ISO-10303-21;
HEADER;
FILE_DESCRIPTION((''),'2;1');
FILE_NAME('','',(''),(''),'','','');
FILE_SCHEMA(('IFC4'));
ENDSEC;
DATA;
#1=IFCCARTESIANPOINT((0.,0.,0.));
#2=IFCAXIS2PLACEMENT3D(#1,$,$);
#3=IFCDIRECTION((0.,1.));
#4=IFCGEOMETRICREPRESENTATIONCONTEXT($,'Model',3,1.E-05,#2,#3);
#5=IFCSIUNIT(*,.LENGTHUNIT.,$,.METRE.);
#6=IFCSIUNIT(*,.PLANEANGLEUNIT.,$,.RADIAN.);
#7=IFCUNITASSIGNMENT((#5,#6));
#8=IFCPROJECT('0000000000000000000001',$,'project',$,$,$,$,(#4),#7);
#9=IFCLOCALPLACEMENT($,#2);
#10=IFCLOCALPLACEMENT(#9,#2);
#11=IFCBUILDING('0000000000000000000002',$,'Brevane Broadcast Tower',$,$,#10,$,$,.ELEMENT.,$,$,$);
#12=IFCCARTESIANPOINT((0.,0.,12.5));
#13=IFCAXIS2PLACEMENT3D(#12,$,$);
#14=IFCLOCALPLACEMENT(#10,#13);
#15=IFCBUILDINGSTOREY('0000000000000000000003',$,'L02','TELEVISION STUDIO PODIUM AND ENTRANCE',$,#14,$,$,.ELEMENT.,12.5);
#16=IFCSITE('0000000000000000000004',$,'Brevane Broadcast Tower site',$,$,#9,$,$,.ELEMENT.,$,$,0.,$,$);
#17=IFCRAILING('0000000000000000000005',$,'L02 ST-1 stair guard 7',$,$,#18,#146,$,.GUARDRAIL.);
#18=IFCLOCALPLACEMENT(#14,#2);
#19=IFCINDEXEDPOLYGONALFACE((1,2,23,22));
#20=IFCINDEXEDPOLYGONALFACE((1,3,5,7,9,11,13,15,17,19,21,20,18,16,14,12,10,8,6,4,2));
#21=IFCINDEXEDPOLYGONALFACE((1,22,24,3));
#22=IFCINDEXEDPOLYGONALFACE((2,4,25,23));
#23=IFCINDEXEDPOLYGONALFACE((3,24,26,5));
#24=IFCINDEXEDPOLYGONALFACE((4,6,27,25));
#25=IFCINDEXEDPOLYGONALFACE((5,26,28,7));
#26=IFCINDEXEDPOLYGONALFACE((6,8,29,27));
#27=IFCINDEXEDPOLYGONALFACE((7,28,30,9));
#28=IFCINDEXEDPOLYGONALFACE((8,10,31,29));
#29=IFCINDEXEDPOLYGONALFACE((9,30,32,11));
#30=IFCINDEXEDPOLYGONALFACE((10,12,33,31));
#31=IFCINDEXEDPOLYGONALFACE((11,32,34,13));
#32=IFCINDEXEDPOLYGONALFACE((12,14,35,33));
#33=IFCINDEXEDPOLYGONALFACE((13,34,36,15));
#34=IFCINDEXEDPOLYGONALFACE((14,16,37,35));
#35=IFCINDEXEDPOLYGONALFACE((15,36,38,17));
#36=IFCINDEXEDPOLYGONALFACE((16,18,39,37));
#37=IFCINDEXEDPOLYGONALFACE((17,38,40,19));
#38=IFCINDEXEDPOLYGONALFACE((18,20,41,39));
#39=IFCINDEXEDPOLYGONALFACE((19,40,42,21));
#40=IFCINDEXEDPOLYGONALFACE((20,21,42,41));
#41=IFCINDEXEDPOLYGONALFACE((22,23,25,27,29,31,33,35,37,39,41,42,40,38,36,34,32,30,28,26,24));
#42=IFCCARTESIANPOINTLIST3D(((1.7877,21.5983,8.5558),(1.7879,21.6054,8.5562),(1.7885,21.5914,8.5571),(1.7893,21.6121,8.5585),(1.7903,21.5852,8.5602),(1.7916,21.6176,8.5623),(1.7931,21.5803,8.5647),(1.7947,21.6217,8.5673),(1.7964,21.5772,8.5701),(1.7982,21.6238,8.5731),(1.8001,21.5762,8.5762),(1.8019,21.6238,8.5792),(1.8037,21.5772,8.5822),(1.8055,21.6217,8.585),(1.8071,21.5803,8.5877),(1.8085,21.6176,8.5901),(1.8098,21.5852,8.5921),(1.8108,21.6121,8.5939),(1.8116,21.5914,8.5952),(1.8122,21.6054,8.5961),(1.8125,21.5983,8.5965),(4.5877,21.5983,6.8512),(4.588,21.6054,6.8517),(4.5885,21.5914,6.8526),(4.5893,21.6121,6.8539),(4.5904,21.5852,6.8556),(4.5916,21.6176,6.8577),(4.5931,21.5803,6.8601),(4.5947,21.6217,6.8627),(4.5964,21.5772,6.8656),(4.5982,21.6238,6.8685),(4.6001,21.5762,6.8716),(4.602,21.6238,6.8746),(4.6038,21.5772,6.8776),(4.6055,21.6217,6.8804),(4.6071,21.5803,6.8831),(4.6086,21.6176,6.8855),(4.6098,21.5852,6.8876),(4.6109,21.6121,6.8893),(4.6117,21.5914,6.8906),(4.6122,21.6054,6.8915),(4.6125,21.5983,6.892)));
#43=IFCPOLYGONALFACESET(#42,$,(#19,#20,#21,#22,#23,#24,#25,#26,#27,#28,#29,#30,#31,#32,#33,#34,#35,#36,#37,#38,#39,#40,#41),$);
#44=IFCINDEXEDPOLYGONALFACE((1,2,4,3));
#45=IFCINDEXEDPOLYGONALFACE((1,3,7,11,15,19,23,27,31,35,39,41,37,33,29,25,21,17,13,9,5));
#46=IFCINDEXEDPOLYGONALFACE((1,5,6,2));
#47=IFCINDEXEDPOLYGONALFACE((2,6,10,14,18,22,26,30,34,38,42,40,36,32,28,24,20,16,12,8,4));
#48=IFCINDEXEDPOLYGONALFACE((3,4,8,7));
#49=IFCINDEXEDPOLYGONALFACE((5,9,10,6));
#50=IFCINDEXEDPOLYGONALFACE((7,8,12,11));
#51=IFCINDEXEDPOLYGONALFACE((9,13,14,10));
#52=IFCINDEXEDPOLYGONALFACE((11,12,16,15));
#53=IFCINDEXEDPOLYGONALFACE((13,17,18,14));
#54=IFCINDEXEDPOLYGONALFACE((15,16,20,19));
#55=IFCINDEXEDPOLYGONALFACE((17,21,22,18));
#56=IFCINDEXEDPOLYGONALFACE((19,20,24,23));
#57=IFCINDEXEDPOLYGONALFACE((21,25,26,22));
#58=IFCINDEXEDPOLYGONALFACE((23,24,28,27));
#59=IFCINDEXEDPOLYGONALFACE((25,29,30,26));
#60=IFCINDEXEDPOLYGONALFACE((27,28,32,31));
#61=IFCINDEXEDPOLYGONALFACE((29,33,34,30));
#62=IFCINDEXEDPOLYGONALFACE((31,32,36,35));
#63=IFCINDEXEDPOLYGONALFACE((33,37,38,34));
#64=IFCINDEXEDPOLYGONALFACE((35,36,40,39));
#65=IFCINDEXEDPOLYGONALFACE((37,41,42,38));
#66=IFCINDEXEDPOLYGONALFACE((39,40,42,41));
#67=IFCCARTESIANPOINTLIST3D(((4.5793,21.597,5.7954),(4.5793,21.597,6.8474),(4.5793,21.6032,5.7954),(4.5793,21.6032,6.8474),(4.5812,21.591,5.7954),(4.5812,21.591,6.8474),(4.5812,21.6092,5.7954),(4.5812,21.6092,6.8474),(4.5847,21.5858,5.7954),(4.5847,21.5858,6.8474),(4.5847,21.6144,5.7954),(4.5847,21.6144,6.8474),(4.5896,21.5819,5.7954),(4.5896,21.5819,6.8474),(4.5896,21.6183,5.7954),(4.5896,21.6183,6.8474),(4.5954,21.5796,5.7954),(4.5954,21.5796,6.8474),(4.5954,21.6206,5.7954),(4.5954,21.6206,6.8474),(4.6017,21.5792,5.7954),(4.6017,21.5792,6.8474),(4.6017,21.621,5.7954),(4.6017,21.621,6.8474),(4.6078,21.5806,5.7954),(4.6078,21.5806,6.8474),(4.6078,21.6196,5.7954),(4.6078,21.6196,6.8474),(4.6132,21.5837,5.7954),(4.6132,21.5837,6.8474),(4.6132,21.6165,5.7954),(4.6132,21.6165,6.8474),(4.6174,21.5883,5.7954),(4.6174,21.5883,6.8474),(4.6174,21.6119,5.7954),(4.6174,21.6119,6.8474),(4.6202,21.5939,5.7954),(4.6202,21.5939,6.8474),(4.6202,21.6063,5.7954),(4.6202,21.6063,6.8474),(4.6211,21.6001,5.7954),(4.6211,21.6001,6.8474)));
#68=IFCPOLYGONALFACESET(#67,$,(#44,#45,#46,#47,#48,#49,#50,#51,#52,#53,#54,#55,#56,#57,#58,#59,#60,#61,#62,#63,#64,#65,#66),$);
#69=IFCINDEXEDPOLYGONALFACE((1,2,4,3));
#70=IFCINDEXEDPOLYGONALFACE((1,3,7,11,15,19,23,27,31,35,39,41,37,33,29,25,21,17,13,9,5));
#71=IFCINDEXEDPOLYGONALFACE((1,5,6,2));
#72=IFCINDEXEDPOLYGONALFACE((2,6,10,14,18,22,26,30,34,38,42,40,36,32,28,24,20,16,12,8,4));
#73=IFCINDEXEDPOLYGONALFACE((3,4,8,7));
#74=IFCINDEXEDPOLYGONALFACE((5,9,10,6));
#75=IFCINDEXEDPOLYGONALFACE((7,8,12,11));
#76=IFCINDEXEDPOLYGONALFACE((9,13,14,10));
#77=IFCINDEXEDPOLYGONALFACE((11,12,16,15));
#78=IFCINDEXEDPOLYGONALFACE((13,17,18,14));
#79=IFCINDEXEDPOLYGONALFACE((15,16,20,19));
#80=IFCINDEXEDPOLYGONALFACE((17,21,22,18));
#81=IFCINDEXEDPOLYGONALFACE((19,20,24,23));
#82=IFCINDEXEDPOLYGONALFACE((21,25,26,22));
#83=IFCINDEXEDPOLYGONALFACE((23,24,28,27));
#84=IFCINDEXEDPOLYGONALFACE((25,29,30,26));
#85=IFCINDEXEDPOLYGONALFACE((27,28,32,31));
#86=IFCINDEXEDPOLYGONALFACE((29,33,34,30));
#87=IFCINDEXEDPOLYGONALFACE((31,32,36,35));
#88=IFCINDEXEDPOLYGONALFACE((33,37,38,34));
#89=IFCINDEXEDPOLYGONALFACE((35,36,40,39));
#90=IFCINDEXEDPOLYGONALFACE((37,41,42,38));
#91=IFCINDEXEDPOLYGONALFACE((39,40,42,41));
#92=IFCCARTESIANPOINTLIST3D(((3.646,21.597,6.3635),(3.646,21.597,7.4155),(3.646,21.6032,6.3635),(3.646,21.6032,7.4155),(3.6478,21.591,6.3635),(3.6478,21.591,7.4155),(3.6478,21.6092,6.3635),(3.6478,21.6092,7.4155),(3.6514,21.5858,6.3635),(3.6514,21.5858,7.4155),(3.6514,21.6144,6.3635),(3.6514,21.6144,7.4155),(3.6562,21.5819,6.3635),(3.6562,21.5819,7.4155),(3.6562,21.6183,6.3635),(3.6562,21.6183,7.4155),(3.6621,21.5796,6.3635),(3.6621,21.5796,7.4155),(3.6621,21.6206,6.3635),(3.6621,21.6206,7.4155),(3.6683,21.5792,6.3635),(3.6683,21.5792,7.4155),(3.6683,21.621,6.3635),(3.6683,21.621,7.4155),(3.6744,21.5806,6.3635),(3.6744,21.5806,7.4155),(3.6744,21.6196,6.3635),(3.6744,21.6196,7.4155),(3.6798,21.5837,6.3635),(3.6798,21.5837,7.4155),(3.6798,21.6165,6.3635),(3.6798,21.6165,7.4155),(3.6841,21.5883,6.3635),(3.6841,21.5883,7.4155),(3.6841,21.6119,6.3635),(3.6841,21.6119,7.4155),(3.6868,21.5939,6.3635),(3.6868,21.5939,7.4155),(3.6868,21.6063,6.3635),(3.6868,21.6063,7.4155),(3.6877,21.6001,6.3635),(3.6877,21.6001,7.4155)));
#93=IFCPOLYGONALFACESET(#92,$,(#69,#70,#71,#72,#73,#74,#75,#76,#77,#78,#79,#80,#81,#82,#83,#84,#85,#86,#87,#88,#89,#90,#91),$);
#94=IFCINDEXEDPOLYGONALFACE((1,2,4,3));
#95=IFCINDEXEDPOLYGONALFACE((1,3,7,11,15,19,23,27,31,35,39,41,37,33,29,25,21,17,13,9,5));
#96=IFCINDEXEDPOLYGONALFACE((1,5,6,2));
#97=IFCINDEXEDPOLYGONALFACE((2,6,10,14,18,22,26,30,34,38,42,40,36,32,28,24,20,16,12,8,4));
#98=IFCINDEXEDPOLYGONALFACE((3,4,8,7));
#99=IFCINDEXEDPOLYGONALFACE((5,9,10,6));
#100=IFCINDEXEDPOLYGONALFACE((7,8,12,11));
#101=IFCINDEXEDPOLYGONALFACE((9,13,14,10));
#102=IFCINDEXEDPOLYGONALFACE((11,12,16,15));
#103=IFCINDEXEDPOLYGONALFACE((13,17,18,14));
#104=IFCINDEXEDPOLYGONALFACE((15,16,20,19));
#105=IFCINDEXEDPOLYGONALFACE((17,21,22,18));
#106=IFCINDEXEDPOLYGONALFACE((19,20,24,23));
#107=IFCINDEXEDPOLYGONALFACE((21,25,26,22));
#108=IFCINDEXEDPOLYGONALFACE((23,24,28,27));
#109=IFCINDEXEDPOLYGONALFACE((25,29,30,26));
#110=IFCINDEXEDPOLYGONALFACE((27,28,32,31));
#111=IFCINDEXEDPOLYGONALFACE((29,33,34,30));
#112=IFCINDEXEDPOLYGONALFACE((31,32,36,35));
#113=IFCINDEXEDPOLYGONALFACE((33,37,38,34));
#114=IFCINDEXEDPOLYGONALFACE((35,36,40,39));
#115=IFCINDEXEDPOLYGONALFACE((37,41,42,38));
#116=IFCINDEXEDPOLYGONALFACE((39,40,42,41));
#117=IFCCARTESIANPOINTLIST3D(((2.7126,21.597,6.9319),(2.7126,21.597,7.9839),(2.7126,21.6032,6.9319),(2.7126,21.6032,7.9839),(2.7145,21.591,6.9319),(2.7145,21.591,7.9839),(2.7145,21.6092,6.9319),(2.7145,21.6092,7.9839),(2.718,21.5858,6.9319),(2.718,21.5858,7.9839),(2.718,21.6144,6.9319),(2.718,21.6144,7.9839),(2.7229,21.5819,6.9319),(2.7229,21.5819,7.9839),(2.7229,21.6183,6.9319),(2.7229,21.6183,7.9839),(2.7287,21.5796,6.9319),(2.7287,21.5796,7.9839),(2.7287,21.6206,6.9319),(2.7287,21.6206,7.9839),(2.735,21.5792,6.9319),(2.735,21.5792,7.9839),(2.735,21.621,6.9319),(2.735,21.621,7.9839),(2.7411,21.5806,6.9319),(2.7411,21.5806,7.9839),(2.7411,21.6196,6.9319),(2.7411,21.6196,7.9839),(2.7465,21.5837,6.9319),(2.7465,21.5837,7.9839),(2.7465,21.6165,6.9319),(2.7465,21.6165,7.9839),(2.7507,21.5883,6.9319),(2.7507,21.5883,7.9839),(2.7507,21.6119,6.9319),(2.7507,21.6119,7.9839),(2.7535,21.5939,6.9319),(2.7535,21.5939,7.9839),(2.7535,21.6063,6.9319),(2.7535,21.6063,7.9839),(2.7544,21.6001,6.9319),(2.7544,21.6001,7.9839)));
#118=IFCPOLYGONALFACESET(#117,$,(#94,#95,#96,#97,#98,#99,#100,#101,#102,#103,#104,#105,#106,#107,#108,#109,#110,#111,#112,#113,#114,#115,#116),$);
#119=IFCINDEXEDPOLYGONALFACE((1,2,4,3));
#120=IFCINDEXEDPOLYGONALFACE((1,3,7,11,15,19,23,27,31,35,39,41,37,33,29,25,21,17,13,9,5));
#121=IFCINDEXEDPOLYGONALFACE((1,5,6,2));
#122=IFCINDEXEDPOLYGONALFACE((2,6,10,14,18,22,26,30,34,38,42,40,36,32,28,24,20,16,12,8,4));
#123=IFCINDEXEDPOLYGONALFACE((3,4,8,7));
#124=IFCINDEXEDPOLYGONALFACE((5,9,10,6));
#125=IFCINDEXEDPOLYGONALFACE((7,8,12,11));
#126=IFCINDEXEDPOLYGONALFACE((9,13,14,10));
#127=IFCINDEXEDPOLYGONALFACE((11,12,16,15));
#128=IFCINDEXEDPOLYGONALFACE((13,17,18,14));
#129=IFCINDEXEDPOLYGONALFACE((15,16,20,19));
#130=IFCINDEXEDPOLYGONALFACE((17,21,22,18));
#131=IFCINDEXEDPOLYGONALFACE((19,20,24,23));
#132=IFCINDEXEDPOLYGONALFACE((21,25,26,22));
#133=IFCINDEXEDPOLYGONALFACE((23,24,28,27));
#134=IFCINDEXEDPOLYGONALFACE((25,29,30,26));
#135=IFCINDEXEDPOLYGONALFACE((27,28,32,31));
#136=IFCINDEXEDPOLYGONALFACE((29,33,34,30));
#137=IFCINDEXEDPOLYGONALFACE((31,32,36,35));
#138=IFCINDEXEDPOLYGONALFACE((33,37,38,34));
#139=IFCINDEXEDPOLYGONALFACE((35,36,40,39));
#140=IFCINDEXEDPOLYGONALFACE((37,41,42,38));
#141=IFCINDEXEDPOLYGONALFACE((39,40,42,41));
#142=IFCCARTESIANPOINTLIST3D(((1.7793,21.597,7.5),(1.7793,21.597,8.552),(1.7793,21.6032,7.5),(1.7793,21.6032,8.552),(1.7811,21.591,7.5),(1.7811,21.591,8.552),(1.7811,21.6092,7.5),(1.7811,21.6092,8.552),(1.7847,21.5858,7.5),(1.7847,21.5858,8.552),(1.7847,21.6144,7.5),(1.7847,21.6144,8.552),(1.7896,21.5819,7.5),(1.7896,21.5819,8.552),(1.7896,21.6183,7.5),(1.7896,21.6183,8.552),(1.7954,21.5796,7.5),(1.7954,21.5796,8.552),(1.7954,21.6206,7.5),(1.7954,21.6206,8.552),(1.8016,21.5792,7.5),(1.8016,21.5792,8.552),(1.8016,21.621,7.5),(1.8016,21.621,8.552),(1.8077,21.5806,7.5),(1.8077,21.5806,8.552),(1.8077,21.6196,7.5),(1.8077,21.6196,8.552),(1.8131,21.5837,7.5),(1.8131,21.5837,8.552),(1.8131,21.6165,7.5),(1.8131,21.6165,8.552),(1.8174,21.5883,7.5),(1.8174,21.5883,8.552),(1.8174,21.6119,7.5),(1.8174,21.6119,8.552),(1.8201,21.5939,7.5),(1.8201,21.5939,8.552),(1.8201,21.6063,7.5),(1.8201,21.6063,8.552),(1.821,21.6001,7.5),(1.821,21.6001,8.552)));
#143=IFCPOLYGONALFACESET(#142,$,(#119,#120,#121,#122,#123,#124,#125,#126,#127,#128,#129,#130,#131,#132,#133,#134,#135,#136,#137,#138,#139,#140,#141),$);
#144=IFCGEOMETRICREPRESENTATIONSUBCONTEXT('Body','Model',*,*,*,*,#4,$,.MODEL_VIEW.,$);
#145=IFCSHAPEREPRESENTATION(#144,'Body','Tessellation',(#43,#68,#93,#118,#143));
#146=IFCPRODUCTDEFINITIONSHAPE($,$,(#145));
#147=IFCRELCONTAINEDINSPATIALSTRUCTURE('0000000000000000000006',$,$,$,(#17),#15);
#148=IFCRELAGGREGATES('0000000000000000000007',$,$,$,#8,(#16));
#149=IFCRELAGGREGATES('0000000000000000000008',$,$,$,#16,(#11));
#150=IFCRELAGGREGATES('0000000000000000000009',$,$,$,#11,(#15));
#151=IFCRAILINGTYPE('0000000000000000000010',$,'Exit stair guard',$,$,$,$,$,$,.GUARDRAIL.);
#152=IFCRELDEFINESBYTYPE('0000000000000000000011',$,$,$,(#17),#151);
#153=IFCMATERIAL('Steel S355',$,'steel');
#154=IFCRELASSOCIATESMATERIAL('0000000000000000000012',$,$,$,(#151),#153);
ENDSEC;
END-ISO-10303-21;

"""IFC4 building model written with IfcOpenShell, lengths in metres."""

from ifc_helpers import new_model, si_unit, direction, frame, origin, origin_2d, place, context, subcontext, project, spatial, circle, extrude, material, type_object, element, save


model = new_model("IFC4")

# Units and contexts
model_context = context("Model", 3, precision=1e-05, world=origin(), true_north=direction((0.0, 1.0)))
body_context = subcontext(model_context, "Body", "Model", "MODEL_VIEW")
ifc_project = project(units=[si_unit("LENGTHUNIT", "METRE"), si_unit("PLANEANGLEUNIT", "RADIAN")], contexts=[model_context])

# Site, building, storey
site_placement = place(None, origin())
site = spatial("IfcSite", under=ifc_project, at=site_placement, Name="Brevane Broadcast Tower site", CompositionType="ELEMENT", RefElevation=0.0)
building_placement = place(site_placement, origin())
building = spatial("IfcBuilding", under=site, at=building_placement, Name="Brevane Broadcast Tower", CompositionType="ELEMENT")
storey_placement = place(building_placement, frame((0.0, 0.0, 12.5)))
storey = spatial("IfcBuildingStorey", under=building, at=storey_placement, Name="L02", Description="TELEVISION STUDIO PODIUM AND ENTRANCE", CompositionType="ELEMENT", Elevation=12.5)

# Railing
ifc_material_1 = material(Name="Steel S355", Category="steel")
railing_type_1 = type_object("IfcRailingType", Name="Exit stair guard", PredefinedType="GUARDRAIL", material=ifc_material_1)
railing_1_placement = place(storey_placement, frame((4.6001, 21.6001, 5.7954)))
element("IfcRailing", 1, at=railing_1_placement, inside=storey, type_object=railing_type_1, Name="L02 ST-1 stair guard 7", PredefinedType="GUARDRAIL", context=body_context, shape_type="SweptSolid", body=[
    extrude(circle(Radius=0.0239, at=origin_2d()), frame((0.0, 0.0, 1.0762), z_axis=(-0.85417, 0.0, 0.519994), x_axis=(0.0, -1.0, 0.0)), (0.0, 0.0, 1.0), 3.2781),
    extrude(circle(Radius=0.021, at=origin_2d()), origin(), (0.0, 0.0, 1.0), 1.052),
    extrude(circle(Radius=0.021, at=origin_2d()), frame((-0.9333, 0.0, 0.5681)), (0.0, 0.0, 1.0), 1.052),
    extrude(circle(Radius=0.021, at=origin_2d()), frame((-1.8667, 0.0, 1.1365)), (0.0, 0.0, 1.0), 1.052),
    extrude(circle(Radius=0.021, at=origin_2d()), frame((-2.8, 0.0, 1.7046)), (0.0, 0.0, 1.0), 1.052),
])

save(model, "model.ifc")
